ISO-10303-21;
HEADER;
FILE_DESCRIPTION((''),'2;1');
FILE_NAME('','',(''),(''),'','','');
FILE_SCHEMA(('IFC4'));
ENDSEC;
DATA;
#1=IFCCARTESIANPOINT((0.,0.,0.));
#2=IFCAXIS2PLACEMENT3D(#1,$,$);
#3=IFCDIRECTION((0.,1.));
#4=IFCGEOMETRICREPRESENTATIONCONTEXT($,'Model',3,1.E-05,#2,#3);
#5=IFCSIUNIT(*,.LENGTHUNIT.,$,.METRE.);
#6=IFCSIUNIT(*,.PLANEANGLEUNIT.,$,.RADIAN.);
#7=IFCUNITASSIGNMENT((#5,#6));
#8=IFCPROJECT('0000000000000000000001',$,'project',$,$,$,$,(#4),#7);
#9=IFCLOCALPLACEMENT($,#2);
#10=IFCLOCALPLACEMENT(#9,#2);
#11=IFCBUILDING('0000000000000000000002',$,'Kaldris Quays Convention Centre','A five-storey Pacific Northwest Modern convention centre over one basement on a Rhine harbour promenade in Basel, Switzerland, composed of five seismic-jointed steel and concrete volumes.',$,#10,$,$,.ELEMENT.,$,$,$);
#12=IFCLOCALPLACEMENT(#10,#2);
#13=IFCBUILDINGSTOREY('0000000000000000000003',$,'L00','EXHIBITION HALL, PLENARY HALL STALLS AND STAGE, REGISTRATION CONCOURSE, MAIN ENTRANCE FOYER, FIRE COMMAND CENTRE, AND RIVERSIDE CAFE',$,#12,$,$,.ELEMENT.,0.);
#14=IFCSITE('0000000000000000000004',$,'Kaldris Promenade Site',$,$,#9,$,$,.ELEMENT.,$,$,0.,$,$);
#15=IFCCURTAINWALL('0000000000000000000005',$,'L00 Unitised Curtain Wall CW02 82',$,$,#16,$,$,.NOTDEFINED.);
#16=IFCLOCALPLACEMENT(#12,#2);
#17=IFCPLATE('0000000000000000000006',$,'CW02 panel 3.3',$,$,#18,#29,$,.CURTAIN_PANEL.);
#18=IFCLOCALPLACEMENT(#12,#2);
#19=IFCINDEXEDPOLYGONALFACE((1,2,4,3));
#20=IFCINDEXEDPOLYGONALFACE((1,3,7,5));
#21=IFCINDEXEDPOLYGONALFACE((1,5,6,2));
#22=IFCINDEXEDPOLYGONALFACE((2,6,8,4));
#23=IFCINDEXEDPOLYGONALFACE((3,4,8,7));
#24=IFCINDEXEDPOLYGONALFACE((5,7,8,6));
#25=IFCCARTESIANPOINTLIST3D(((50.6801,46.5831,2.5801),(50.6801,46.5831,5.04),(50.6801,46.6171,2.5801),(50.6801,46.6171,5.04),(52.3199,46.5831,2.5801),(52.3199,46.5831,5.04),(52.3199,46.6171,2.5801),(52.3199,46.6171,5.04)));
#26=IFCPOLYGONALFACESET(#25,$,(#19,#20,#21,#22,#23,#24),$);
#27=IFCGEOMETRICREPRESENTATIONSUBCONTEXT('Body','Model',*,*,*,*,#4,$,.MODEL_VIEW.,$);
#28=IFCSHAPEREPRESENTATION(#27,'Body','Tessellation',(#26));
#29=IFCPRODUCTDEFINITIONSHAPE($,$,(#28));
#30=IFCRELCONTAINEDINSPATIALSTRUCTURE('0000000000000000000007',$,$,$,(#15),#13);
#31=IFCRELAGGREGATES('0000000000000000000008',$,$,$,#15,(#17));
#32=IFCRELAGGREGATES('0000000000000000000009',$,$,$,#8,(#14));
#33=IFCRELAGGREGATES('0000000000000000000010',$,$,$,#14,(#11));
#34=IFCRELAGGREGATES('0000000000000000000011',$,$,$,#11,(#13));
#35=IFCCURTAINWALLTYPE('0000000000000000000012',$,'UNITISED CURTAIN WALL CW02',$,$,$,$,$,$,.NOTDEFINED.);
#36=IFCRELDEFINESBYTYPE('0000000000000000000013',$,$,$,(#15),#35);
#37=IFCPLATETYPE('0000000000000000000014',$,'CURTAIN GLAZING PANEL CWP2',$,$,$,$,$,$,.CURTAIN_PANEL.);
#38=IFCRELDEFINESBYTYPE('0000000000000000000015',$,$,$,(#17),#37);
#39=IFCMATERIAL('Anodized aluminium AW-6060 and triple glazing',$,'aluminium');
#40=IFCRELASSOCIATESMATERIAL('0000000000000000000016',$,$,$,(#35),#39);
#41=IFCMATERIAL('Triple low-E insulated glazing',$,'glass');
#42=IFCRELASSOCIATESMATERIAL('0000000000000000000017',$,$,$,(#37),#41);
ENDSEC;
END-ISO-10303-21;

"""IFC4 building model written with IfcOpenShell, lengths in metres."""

from ifc_helpers import new_model, si_unit, direction, frame, origin, origin_2d, place, context, subcontext, project, spatial, rectangle, extrude, material, type_object, element, aggregate, save


model = new_model("IFC4")

# Units and contexts
model_context = context("Model", 3, precision=1e-05, world=origin(), true_north=direction((0.0, 1.0)))
body_context = subcontext(model_context, "Body", "Model", "MODEL_VIEW")
ifc_project = project(units=[si_unit("LENGTHUNIT", "METRE"), si_unit("PLANEANGLEUNIT", "RADIAN")], contexts=[model_context])

# Site, building, storey
site_placement = place(None, origin())
site = spatial("IfcSite", under=ifc_project, at=site_placement, Name="Kaldris Promenade Site", CompositionType="ELEMENT", RefElevation=0.0)
building_placement = place(site_placement, origin())
building = spatial("IfcBuilding", under=site, at=building_placement, Name="Kaldris Quays Convention Centre", Description="A five-storey Pacific Northwest Modern convention centre over one basement on a Rhine harbour promenade in Basel, Switzerland, composed of five seismic-jointed steel and concrete volumes.", CompositionType="ELEMENT")
storey_placement = place(building_placement, origin())
storey = spatial("IfcBuildingStorey", under=building, at=storey_placement, Name="L00", Description="EXHIBITION HALL, PLENARY HALL STALLS AND STAGE, REGISTRATION CONCOURSE, MAIN ENTRANCE FOYER, FIRE COMMAND CENTRE, AND RIVERSIDE CAFE", CompositionType="ELEMENT", Elevation=0.0)

# Curtain wall
ifc_material_1 = material(Name="Anodized aluminium AW-6060 and triple glazing", Category="aluminium")
curtain_wall_type = type_object("IfcCurtainWallType", Name="UNITISED CURTAIN WALL CW02", PredefinedType="NOTDEFINED", material=ifc_material_1)
curtain_wall_placement = place(storey_placement, origin())
curtain_wall = element("IfcCurtainWall", 1, at=curtain_wall_placement, inside=storey, type_object=curtain_wall_type, Name="L00 Unitised Curtain Wall CW02 82", PredefinedType="NOTDEFINED")

# Plate
ifc_material_2 = material(Name="Triple low-E insulated glazing", Category="glass")
plate_type = type_object("IfcPlateType", Name="CURTAIN GLAZING PANEL CWP2", PredefinedType="CURTAIN_PANEL", material=ifc_material_2)
plate_1_placement = place(storey_placement, frame((51.5, 46.6001, 2.5801), z_axis=(0.0, 0.0, 1.0), x_axis=(1.0, 0.0, 0.0)))
plate_1 = element("IfcPlate", 2, at=plate_1_placement, type_object=plate_type, Name="CW02 panel 3.3", PredefinedType="CURTAIN_PANEL", context=body_context, shape_type="SweptSolid", body=[
    extrude(rectangle(XDim=1.6399, YDim=0.0339, at=origin_2d()), origin(), (0.0, 0.0, 1.0), 2.46),
])
aggregate(curtain_wall, [plate_1])

save(model, "model.ifc")
